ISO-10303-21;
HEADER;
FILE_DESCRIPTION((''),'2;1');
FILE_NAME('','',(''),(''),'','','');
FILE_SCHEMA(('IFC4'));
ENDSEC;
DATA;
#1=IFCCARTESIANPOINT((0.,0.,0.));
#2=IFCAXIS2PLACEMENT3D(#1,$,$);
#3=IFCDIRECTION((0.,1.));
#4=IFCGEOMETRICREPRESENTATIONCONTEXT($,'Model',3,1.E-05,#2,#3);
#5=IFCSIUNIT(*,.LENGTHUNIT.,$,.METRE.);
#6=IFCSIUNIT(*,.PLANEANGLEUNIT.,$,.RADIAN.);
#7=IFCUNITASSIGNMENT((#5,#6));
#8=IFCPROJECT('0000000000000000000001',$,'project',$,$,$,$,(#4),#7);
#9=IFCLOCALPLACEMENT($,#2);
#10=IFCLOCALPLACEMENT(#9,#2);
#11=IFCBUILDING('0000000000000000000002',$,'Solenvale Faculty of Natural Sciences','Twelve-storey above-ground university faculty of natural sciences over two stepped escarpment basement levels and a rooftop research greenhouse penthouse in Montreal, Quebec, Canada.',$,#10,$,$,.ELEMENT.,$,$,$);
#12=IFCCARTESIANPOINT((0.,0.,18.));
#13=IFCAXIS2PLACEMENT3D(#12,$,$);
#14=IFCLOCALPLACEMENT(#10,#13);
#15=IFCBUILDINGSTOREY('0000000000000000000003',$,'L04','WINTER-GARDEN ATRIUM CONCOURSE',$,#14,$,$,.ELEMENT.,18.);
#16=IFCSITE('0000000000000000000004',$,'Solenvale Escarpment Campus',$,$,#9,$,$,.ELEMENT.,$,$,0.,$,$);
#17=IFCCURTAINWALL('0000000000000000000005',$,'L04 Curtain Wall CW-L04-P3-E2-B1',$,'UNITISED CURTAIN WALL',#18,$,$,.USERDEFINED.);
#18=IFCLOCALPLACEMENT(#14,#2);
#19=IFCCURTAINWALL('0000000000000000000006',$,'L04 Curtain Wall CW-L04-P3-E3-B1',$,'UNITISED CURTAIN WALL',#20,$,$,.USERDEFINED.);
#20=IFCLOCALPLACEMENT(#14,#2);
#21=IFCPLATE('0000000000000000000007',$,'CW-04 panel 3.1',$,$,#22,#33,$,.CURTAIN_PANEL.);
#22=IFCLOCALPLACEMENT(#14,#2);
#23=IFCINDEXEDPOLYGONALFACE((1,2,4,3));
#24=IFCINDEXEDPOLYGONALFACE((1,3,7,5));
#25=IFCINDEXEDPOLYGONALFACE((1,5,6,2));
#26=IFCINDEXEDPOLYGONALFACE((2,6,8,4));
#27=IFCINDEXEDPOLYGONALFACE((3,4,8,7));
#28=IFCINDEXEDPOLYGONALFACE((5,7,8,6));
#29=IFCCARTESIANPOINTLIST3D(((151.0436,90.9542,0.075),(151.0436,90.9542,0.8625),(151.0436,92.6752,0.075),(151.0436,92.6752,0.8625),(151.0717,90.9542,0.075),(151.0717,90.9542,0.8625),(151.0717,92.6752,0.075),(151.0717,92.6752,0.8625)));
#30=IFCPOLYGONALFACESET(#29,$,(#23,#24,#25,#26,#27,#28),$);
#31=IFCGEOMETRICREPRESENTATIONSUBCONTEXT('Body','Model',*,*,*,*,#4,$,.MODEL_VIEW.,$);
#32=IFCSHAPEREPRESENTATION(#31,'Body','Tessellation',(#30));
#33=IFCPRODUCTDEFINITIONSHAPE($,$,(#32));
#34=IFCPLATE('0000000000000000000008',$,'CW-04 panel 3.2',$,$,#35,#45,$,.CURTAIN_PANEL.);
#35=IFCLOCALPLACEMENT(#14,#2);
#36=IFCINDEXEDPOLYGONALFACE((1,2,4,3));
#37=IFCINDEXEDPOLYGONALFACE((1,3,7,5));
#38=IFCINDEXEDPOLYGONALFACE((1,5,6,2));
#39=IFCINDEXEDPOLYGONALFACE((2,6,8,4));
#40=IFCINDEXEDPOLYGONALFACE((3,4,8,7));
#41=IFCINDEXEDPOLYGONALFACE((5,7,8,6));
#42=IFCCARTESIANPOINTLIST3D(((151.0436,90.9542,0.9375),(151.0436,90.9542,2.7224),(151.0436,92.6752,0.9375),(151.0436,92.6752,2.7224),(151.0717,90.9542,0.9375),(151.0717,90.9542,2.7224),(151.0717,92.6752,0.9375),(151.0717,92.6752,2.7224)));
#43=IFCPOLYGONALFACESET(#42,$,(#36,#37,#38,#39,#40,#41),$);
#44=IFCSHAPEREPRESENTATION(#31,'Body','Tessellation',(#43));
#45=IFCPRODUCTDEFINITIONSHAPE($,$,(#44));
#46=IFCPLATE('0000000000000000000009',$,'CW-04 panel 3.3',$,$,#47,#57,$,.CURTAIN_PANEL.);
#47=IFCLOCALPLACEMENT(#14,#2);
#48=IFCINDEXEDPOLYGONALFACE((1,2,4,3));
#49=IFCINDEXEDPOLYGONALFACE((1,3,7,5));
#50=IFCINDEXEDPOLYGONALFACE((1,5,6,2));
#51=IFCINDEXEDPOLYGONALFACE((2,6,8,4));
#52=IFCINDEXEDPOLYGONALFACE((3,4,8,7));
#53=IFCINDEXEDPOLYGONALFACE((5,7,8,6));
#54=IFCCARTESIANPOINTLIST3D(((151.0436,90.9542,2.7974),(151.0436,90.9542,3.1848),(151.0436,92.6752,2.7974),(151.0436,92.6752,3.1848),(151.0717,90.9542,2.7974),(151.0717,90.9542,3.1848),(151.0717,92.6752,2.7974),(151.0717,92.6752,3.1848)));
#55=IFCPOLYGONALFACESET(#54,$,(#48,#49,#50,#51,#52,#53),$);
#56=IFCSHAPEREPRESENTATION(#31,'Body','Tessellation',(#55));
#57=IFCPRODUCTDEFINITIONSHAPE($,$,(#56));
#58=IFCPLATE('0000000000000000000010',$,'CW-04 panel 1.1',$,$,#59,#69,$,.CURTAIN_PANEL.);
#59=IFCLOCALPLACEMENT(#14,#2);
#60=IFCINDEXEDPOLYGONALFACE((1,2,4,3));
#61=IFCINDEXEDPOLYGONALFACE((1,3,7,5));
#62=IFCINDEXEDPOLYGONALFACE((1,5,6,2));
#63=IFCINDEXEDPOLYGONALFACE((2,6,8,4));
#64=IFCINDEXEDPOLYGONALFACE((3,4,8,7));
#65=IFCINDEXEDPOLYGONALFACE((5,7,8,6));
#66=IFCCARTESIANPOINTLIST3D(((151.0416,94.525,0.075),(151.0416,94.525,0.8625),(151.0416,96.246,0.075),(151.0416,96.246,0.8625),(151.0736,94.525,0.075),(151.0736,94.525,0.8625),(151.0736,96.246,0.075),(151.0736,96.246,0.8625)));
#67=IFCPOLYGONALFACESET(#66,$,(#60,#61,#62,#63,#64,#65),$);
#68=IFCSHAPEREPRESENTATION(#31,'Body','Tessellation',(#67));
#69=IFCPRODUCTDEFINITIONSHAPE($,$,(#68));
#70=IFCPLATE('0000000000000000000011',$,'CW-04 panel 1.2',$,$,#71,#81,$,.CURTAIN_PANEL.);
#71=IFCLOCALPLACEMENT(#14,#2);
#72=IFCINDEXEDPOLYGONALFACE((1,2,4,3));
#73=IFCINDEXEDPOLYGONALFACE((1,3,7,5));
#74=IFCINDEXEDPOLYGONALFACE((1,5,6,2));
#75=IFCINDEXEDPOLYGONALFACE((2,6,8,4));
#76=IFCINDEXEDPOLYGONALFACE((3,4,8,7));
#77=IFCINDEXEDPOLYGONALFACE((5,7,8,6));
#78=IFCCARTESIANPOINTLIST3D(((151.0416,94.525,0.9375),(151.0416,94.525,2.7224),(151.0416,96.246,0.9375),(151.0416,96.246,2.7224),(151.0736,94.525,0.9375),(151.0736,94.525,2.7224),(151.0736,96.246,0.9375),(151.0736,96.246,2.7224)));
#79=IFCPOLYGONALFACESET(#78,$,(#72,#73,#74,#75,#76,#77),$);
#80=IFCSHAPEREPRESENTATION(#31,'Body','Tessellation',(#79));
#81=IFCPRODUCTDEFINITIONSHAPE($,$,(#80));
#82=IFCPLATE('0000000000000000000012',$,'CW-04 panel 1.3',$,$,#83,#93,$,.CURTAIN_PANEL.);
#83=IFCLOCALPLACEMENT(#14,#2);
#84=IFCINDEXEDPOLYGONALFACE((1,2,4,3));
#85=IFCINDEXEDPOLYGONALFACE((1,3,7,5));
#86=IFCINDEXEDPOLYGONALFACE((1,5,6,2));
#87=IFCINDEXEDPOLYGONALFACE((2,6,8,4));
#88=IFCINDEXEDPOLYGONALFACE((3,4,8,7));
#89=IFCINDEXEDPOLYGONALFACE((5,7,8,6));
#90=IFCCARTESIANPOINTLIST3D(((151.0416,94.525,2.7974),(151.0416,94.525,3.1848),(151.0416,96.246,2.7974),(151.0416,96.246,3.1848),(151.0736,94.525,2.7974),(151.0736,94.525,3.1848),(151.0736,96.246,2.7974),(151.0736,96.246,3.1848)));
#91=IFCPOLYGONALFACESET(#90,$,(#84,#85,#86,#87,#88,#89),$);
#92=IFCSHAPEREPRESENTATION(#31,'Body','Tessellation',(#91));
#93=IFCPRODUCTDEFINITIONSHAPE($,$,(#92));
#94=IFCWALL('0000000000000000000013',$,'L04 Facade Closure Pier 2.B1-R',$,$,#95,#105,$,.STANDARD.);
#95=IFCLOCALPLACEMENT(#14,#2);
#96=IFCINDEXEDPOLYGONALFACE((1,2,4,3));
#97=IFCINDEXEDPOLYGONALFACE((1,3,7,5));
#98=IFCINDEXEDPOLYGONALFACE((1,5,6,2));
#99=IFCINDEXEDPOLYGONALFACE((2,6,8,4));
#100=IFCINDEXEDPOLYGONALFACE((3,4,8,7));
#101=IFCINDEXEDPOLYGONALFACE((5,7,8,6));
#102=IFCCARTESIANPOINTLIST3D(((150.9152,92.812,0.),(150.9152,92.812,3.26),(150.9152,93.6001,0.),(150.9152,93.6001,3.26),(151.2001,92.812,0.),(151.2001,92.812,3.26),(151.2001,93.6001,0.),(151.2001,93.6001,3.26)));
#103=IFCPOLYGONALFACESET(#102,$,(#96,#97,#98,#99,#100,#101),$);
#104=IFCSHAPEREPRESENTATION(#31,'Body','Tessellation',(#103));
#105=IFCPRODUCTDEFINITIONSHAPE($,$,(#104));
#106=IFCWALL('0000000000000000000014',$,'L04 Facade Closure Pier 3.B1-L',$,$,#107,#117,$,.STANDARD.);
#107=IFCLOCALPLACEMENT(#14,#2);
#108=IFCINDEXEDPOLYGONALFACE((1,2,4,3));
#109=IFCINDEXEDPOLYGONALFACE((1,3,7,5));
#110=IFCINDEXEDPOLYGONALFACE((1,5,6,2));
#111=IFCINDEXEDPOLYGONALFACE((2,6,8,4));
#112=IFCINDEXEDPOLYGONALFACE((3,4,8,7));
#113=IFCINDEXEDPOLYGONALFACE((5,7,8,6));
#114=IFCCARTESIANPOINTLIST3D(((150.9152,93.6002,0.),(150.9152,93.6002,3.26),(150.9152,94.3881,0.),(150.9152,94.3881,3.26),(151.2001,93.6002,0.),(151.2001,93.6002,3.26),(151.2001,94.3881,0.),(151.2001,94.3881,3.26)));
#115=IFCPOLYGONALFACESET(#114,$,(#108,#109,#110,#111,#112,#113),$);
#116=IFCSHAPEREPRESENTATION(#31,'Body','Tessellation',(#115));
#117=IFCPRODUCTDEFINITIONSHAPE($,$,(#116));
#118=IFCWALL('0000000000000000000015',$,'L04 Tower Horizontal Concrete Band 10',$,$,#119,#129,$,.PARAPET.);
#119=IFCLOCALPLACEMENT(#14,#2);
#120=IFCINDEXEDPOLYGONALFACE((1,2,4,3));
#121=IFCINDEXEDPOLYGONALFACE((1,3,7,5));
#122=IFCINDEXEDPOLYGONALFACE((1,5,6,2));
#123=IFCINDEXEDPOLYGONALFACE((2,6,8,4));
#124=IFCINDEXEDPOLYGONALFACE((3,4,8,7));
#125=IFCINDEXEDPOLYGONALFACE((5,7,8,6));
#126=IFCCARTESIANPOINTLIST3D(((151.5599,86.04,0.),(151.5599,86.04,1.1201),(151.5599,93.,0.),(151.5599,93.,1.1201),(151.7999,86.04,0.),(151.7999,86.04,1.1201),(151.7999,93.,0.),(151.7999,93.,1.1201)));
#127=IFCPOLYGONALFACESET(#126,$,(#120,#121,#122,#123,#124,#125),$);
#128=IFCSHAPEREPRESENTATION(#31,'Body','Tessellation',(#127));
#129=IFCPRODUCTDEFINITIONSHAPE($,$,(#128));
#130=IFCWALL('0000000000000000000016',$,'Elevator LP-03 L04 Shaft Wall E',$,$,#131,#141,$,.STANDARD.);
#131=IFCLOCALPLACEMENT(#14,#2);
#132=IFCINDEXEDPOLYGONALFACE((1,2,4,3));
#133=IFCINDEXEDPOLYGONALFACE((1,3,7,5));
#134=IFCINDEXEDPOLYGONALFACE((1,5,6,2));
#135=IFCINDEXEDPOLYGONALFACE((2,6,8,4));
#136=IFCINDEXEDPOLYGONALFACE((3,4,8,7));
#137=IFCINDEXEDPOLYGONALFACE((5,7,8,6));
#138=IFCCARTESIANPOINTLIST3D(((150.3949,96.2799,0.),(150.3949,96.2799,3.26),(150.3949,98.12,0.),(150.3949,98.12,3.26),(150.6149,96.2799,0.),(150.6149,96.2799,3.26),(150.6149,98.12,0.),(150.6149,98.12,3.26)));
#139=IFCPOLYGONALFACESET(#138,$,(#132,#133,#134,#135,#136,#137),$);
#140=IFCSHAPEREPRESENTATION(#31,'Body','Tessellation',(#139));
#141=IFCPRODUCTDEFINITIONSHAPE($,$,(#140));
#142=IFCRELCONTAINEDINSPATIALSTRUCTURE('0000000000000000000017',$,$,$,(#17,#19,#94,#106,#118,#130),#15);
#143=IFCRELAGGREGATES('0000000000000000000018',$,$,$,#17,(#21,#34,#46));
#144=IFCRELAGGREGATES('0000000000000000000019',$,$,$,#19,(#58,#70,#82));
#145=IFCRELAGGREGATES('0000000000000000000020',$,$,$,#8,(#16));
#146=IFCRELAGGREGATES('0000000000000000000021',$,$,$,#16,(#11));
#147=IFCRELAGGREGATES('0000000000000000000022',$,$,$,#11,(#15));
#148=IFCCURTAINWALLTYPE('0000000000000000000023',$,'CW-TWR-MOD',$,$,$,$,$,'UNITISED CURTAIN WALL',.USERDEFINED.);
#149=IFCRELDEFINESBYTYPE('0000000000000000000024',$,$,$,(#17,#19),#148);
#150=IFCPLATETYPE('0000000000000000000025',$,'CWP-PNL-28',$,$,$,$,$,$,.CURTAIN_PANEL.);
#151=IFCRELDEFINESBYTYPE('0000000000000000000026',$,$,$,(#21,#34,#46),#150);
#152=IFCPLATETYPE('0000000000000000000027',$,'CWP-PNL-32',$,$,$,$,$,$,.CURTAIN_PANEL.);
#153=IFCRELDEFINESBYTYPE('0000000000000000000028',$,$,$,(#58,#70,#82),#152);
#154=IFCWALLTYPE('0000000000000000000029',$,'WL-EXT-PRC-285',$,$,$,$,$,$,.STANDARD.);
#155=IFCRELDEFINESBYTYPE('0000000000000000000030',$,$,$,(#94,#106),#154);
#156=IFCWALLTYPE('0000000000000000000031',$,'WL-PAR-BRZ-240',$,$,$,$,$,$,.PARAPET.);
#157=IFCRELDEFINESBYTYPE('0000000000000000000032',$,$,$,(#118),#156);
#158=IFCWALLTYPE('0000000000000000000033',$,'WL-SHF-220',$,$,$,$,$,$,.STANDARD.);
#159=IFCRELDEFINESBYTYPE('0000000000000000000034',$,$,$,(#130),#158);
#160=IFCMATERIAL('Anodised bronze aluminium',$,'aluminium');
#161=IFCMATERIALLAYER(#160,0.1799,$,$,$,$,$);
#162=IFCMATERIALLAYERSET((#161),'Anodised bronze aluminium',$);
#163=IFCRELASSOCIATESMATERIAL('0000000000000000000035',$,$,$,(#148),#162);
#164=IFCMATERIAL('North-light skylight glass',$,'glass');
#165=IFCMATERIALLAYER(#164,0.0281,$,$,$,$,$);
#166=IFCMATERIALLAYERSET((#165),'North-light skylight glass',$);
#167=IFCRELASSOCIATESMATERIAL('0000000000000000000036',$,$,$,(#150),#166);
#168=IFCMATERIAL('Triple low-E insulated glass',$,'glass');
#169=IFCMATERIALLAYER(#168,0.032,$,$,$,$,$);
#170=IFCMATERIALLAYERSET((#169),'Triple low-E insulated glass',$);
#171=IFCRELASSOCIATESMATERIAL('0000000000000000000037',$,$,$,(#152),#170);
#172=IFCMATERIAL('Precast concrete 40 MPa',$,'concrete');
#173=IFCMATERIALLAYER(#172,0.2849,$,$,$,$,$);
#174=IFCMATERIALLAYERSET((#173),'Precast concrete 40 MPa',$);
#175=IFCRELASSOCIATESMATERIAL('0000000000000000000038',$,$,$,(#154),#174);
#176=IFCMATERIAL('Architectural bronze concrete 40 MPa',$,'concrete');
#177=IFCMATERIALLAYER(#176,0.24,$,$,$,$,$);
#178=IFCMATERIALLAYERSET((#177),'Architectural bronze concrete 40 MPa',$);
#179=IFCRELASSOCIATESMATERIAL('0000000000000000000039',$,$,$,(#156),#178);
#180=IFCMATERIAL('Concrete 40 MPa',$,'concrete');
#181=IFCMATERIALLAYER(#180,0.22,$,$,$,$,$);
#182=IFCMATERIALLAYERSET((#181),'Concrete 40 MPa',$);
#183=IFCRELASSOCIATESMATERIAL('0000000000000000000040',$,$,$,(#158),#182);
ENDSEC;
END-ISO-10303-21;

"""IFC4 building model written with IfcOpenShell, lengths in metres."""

from ifc_helpers import new_model, si_unit, direction, frame, frame_2d, origin, origin_2d, place, context, subcontext, project, spatial, rectangle, extrude, material, layer, layer_set, type_object, element, aggregate, save


model = new_model("IFC4")

# Units and contexts
model_context = context("Model", 3, precision=1e-05, world=origin(), true_north=direction((0.0, 1.0)))
body_context = subcontext(model_context, "Body", "Model", "MODEL_VIEW")
ifc_project = project(units=[si_unit("LENGTHUNIT", "METRE"), si_unit("PLANEANGLEUNIT", "RADIAN")], contexts=[model_context])

# Site, building, storey
site_placement = place(None, origin())
site = spatial("IfcSite", under=ifc_project, at=site_placement, Name="Solenvale Escarpment Campus", CompositionType="ELEMENT", RefElevation=0.0)
building_placement = place(site_placement, origin())
building = spatial("IfcBuilding", under=site, at=building_placement, Name="Solenvale Faculty of Natural Sciences", Description="Twelve-storey above-ground university faculty of natural sciences over two stepped escarpment basement levels and a rooftop research greenhouse penthouse in Montreal, Quebec, Canada.", CompositionType="ELEMENT")
storey_placement = place(building_placement, frame((0.0, 0.0, 18.0)))
storey = spatial("IfcBuildingStorey", under=building, at=storey_placement, Name="L04", Description="WINTER-GARDEN ATRIUM CONCOURSE", CompositionType="ELEMENT", Elevation=18.0)

# Shared definitions
ifc_material_1 = material(Name="Concrete 40 MPa", Category="concrete")

# Curtain wall
ifc_material_2 = material(Name="Anodised bronze aluminium", Category="aluminium")
ifc_layer_1 = layer(ifc_material_2, 0.1799)
ifc_layer_set_1 = layer_set([ifc_layer_1], Name="Anodised bronze aluminium")
curtain_wall_type = type_object("IfcCurtainWallType", Name="CW-TWR-MOD", ElementType="UNITISED CURTAIN WALL", PredefinedType="USERDEFINED", material=ifc_layer_set_1)
curtain_wall_1_placement = place(storey_placement, origin())
curtain_wall_1 = element("IfcCurtainWall", 1, at=curtain_wall_1_placement, inside=storey, type_object=curtain_wall_type, Name="L04 Curtain Wall CW-L04-P3-E2-B1", ObjectType="UNITISED CURTAIN WALL", PredefinedType="USERDEFINED")

# Curtain wall
curtain_wall_2_placement = place(storey_placement, origin())
curtain_wall_2 = element("IfcCurtainWall", 2, at=curtain_wall_2_placement, inside=storey, type_object=curtain_wall_type, Name="L04 Curtain Wall CW-L04-P3-E3-B1", ObjectType="UNITISED CURTAIN WALL", PredefinedType="USERDEFINED")

# Plates
ifc_material_3 = material(Name="North-light skylight glass", Category="glass")
ifc_layer_2 = layer(ifc_material_3, 0.0281)
ifc_layer_set_2 = layer_set([ifc_layer_2], Name="North-light skylight glass")
plate_type_1 = type_object("IfcPlateType", Name="CWP-PNL-28", PredefinedType="CURTAIN_PANEL", material=ifc_layer_set_2)
plate_1_placement = place(storey_placement, frame((151.0576, 91.8147, 0.075), z_axis=(0.0, 0.0, 1.0), x_axis=(0.0, 1.0, 0.0)))
plate_1 = element("IfcPlate", 3, at=plate_1_placement, type_object=plate_type_1, Name="CW-04 panel 3.1", PredefinedType="CURTAIN_PANEL", context=body_context, shape_type="SweptSolid", body=[
    extrude(rectangle(XDim=1.7209, YDim=0.0281, at=origin_2d()), origin(), (0.0, 0.0, 1.0), 0.7876),
])
plate_2_placement = place(storey_placement, frame((151.0576, 91.8147, 0.9375), z_axis=(0.0, 0.0, 1.0), x_axis=(0.0, 1.0, 0.0)))
plate_2 = element("IfcPlate", 4, at=plate_2_placement, type_object=plate_type_1, Name="CW-04 panel 3.2", PredefinedType="CURTAIN_PANEL", context=body_context, shape_type="SweptSolid", body=[
    extrude(rectangle(XDim=1.7209, YDim=0.0281, at=origin_2d()), origin(), (0.0, 0.0, 1.0), 1.7849),
])
plate_3_placement = place(storey_placement, frame((151.0576, 91.8147, 2.7974), z_axis=(0.0, 0.0, 1.0), x_axis=(0.0, 1.0, 0.0)))
plate_3 = element("IfcPlate", 5, at=plate_3_placement, type_object=plate_type_1, Name="CW-04 panel 3.3", PredefinedType="CURTAIN_PANEL", context=body_context, shape_type="SweptSolid", body=[
    extrude(rectangle(XDim=1.7209, YDim=0.0281, at=origin_2d()), origin(), (0.0, 0.0, 1.0), 0.3875),
])
aggregate(curtain_wall_1, [plate_1, plate_2, plate_3])
ifc_material_4 = material(Name="Triple low-E insulated glass", Category="glass")
ifc_layer_3 = layer(ifc_material_4, 0.032)
ifc_layer_set_3 = layer_set([ifc_layer_3], Name="Triple low-E insulated glass")
plate_type_2 = type_object("IfcPlateType", Name="CWP-PNL-32", PredefinedType="CURTAIN_PANEL", material=ifc_layer_set_3)
plate_4_placement = place(storey_placement, frame((151.0576, 95.3855, 0.075), z_axis=(0.0, 0.0, 1.0), x_axis=(0.0, 1.0, 0.0)))
plate_4 = element("IfcPlate", 6, at=plate_4_placement, type_object=plate_type_2, Name="CW-04 panel 1.1", PredefinedType="CURTAIN_PANEL", context=body_context, shape_type="SweptSolid", body=[
    extrude(rectangle(XDim=1.7209, YDim=0.032, at=origin_2d()), origin(), (0.0, 0.0, 1.0), 0.7876),
])
plate_5_placement = place(storey_placement, frame((151.0576, 95.3855, 0.9375), z_axis=(0.0, 0.0, 1.0), x_axis=(0.0, 1.0, 0.0)))
plate_5 = element("IfcPlate", 7, at=plate_5_placement, type_object=plate_type_2, Name="CW-04 panel 1.2", PredefinedType="CURTAIN_PANEL", context=body_context, shape_type="SweptSolid", body=[
    extrude(rectangle(XDim=1.7209, YDim=0.032, at=origin_2d()), origin(), (0.0, 0.0, 1.0), 1.7849),
])
plate_6_placement = place(storey_placement, frame((151.0576, 95.3855, 2.7974), z_axis=(0.0, 0.0, 1.0), x_axis=(0.0, 1.0, 0.0)))
plate_6 = element("IfcPlate", 8, at=plate_6_placement, type_object=plate_type_2, Name="CW-04 panel 1.3", PredefinedType="CURTAIN_PANEL", context=body_context, shape_type="SweptSolid", body=[
    extrude(rectangle(XDim=1.7209, YDim=0.032, at=origin_2d()), origin(), (0.0, 0.0, 1.0), 0.3875),
])
aggregate(curtain_wall_2, [plate_4, plate_5, plate_6])

# Walls
ifc_material_5 = material(Name="Precast concrete 40 MPa", Category="concrete")
ifc_layer_4 = layer(ifc_material_5, 0.2849)
ifc_layer_set_4 = layer_set([ifc_layer_4], Name="Precast concrete 40 MPa")
wall_type_1 = type_object("IfcWallType", Name="WL-EXT-PRC-285", PredefinedType="STANDARD", material=ifc_layer_set_4)
wall_1_placement = place(storey_placement, frame((151.0576, 92.812, 0.0), z_axis=(0.0, 0.0, 1.0), x_axis=(0.0, 1.0, 0.0)))
element("IfcWall", 9, at=wall_1_placement, inside=storey, type_object=wall_type_1, Name="L04 Facade Closure Pier 2.B1-R", PredefinedType="STANDARD", context=body_context, shape_type="SweptSolid", body=[
    extrude(rectangle(XDim=0.7881, YDim=0.2849, at=frame_2d((0.394, 0.0))), origin(), (0.0, 0.0, 1.0), 3.26),
])
wall_2_placement = place(storey_placement, frame((151.0576, 93.6001, 0.0), z_axis=(0.0, 0.0, 1.0), x_axis=(0.0, 1.0, 0.0)))
element("IfcWall", 10, at=wall_2_placement, inside=storey, type_object=wall_type_1, Name="L04 Facade Closure Pier 3.B1-L", PredefinedType="STANDARD", context=body_context, shape_type="SweptSolid", body=[
    extrude(rectangle(XDim=0.7878, YDim=0.2849, at=frame_2d((0.394, 0.0))), origin(), (0.0, 0.0, 1.0), 3.26),
])
ifc_material_6 = material(Name="Architectural bronze concrete 40 MPa", Category="concrete")
ifc_layer_5 = layer(ifc_material_6, 0.24)
ifc_layer_set_5 = layer_set([ifc_layer_5], Name="Architectural bronze concrete 40 MPa")
wall_type_2 = type_object("IfcWallType", Name="WL-PAR-BRZ-240", PredefinedType="PARAPET", material=ifc_layer_set_5)
wall_3_placement = place(storey_placement, frame((151.6799, 93.0, 0.0), z_axis=(0.0, 0.0, 1.0), x_axis=(0.0, -1.0, 0.0)))
element("IfcWall", 11, at=wall_3_placement, inside=storey, type_object=wall_type_2, Name="L04 Tower Horizontal Concrete Band 10", PredefinedType="PARAPET", context=body_context, shape_type="SweptSolid", body=[
    extrude(rectangle(XDim=6.96, YDim=0.24, at=frame_2d((3.48, 0.0))), origin(), (0.0, 0.0, 1.0), 1.1201),
])
ifc_layer_6 = layer(ifc_material_1, 0.22)
ifc_layer_set_6 = layer_set([ifc_layer_6], Name="Concrete 40 MPa")
wall_type_3 = type_object("IfcWallType", Name="WL-SHF-220", PredefinedType="STANDARD", material=ifc_layer_set_6)
wall_4_placement = place(storey_placement, frame((150.5049, 96.28, 0.0), z_axis=(0.0, 0.0, 1.0), x_axis=(0.0, 1.0, 0.0)))
element("IfcWall", 12, at=wall_4_placement, inside=storey, type_object=wall_type_3, Name="Elevator LP-03 L04 Shaft Wall E", PredefinedType="STANDARD", context=body_context, shape_type="SweptSolid", body=[
    extrude(rectangle(XDim=1.8401, YDim=0.22, at=frame_2d((0.9199, 0.0))), origin(), (0.0, 0.0, 1.0), 3.26),
])

save(model, "model.ifc")
